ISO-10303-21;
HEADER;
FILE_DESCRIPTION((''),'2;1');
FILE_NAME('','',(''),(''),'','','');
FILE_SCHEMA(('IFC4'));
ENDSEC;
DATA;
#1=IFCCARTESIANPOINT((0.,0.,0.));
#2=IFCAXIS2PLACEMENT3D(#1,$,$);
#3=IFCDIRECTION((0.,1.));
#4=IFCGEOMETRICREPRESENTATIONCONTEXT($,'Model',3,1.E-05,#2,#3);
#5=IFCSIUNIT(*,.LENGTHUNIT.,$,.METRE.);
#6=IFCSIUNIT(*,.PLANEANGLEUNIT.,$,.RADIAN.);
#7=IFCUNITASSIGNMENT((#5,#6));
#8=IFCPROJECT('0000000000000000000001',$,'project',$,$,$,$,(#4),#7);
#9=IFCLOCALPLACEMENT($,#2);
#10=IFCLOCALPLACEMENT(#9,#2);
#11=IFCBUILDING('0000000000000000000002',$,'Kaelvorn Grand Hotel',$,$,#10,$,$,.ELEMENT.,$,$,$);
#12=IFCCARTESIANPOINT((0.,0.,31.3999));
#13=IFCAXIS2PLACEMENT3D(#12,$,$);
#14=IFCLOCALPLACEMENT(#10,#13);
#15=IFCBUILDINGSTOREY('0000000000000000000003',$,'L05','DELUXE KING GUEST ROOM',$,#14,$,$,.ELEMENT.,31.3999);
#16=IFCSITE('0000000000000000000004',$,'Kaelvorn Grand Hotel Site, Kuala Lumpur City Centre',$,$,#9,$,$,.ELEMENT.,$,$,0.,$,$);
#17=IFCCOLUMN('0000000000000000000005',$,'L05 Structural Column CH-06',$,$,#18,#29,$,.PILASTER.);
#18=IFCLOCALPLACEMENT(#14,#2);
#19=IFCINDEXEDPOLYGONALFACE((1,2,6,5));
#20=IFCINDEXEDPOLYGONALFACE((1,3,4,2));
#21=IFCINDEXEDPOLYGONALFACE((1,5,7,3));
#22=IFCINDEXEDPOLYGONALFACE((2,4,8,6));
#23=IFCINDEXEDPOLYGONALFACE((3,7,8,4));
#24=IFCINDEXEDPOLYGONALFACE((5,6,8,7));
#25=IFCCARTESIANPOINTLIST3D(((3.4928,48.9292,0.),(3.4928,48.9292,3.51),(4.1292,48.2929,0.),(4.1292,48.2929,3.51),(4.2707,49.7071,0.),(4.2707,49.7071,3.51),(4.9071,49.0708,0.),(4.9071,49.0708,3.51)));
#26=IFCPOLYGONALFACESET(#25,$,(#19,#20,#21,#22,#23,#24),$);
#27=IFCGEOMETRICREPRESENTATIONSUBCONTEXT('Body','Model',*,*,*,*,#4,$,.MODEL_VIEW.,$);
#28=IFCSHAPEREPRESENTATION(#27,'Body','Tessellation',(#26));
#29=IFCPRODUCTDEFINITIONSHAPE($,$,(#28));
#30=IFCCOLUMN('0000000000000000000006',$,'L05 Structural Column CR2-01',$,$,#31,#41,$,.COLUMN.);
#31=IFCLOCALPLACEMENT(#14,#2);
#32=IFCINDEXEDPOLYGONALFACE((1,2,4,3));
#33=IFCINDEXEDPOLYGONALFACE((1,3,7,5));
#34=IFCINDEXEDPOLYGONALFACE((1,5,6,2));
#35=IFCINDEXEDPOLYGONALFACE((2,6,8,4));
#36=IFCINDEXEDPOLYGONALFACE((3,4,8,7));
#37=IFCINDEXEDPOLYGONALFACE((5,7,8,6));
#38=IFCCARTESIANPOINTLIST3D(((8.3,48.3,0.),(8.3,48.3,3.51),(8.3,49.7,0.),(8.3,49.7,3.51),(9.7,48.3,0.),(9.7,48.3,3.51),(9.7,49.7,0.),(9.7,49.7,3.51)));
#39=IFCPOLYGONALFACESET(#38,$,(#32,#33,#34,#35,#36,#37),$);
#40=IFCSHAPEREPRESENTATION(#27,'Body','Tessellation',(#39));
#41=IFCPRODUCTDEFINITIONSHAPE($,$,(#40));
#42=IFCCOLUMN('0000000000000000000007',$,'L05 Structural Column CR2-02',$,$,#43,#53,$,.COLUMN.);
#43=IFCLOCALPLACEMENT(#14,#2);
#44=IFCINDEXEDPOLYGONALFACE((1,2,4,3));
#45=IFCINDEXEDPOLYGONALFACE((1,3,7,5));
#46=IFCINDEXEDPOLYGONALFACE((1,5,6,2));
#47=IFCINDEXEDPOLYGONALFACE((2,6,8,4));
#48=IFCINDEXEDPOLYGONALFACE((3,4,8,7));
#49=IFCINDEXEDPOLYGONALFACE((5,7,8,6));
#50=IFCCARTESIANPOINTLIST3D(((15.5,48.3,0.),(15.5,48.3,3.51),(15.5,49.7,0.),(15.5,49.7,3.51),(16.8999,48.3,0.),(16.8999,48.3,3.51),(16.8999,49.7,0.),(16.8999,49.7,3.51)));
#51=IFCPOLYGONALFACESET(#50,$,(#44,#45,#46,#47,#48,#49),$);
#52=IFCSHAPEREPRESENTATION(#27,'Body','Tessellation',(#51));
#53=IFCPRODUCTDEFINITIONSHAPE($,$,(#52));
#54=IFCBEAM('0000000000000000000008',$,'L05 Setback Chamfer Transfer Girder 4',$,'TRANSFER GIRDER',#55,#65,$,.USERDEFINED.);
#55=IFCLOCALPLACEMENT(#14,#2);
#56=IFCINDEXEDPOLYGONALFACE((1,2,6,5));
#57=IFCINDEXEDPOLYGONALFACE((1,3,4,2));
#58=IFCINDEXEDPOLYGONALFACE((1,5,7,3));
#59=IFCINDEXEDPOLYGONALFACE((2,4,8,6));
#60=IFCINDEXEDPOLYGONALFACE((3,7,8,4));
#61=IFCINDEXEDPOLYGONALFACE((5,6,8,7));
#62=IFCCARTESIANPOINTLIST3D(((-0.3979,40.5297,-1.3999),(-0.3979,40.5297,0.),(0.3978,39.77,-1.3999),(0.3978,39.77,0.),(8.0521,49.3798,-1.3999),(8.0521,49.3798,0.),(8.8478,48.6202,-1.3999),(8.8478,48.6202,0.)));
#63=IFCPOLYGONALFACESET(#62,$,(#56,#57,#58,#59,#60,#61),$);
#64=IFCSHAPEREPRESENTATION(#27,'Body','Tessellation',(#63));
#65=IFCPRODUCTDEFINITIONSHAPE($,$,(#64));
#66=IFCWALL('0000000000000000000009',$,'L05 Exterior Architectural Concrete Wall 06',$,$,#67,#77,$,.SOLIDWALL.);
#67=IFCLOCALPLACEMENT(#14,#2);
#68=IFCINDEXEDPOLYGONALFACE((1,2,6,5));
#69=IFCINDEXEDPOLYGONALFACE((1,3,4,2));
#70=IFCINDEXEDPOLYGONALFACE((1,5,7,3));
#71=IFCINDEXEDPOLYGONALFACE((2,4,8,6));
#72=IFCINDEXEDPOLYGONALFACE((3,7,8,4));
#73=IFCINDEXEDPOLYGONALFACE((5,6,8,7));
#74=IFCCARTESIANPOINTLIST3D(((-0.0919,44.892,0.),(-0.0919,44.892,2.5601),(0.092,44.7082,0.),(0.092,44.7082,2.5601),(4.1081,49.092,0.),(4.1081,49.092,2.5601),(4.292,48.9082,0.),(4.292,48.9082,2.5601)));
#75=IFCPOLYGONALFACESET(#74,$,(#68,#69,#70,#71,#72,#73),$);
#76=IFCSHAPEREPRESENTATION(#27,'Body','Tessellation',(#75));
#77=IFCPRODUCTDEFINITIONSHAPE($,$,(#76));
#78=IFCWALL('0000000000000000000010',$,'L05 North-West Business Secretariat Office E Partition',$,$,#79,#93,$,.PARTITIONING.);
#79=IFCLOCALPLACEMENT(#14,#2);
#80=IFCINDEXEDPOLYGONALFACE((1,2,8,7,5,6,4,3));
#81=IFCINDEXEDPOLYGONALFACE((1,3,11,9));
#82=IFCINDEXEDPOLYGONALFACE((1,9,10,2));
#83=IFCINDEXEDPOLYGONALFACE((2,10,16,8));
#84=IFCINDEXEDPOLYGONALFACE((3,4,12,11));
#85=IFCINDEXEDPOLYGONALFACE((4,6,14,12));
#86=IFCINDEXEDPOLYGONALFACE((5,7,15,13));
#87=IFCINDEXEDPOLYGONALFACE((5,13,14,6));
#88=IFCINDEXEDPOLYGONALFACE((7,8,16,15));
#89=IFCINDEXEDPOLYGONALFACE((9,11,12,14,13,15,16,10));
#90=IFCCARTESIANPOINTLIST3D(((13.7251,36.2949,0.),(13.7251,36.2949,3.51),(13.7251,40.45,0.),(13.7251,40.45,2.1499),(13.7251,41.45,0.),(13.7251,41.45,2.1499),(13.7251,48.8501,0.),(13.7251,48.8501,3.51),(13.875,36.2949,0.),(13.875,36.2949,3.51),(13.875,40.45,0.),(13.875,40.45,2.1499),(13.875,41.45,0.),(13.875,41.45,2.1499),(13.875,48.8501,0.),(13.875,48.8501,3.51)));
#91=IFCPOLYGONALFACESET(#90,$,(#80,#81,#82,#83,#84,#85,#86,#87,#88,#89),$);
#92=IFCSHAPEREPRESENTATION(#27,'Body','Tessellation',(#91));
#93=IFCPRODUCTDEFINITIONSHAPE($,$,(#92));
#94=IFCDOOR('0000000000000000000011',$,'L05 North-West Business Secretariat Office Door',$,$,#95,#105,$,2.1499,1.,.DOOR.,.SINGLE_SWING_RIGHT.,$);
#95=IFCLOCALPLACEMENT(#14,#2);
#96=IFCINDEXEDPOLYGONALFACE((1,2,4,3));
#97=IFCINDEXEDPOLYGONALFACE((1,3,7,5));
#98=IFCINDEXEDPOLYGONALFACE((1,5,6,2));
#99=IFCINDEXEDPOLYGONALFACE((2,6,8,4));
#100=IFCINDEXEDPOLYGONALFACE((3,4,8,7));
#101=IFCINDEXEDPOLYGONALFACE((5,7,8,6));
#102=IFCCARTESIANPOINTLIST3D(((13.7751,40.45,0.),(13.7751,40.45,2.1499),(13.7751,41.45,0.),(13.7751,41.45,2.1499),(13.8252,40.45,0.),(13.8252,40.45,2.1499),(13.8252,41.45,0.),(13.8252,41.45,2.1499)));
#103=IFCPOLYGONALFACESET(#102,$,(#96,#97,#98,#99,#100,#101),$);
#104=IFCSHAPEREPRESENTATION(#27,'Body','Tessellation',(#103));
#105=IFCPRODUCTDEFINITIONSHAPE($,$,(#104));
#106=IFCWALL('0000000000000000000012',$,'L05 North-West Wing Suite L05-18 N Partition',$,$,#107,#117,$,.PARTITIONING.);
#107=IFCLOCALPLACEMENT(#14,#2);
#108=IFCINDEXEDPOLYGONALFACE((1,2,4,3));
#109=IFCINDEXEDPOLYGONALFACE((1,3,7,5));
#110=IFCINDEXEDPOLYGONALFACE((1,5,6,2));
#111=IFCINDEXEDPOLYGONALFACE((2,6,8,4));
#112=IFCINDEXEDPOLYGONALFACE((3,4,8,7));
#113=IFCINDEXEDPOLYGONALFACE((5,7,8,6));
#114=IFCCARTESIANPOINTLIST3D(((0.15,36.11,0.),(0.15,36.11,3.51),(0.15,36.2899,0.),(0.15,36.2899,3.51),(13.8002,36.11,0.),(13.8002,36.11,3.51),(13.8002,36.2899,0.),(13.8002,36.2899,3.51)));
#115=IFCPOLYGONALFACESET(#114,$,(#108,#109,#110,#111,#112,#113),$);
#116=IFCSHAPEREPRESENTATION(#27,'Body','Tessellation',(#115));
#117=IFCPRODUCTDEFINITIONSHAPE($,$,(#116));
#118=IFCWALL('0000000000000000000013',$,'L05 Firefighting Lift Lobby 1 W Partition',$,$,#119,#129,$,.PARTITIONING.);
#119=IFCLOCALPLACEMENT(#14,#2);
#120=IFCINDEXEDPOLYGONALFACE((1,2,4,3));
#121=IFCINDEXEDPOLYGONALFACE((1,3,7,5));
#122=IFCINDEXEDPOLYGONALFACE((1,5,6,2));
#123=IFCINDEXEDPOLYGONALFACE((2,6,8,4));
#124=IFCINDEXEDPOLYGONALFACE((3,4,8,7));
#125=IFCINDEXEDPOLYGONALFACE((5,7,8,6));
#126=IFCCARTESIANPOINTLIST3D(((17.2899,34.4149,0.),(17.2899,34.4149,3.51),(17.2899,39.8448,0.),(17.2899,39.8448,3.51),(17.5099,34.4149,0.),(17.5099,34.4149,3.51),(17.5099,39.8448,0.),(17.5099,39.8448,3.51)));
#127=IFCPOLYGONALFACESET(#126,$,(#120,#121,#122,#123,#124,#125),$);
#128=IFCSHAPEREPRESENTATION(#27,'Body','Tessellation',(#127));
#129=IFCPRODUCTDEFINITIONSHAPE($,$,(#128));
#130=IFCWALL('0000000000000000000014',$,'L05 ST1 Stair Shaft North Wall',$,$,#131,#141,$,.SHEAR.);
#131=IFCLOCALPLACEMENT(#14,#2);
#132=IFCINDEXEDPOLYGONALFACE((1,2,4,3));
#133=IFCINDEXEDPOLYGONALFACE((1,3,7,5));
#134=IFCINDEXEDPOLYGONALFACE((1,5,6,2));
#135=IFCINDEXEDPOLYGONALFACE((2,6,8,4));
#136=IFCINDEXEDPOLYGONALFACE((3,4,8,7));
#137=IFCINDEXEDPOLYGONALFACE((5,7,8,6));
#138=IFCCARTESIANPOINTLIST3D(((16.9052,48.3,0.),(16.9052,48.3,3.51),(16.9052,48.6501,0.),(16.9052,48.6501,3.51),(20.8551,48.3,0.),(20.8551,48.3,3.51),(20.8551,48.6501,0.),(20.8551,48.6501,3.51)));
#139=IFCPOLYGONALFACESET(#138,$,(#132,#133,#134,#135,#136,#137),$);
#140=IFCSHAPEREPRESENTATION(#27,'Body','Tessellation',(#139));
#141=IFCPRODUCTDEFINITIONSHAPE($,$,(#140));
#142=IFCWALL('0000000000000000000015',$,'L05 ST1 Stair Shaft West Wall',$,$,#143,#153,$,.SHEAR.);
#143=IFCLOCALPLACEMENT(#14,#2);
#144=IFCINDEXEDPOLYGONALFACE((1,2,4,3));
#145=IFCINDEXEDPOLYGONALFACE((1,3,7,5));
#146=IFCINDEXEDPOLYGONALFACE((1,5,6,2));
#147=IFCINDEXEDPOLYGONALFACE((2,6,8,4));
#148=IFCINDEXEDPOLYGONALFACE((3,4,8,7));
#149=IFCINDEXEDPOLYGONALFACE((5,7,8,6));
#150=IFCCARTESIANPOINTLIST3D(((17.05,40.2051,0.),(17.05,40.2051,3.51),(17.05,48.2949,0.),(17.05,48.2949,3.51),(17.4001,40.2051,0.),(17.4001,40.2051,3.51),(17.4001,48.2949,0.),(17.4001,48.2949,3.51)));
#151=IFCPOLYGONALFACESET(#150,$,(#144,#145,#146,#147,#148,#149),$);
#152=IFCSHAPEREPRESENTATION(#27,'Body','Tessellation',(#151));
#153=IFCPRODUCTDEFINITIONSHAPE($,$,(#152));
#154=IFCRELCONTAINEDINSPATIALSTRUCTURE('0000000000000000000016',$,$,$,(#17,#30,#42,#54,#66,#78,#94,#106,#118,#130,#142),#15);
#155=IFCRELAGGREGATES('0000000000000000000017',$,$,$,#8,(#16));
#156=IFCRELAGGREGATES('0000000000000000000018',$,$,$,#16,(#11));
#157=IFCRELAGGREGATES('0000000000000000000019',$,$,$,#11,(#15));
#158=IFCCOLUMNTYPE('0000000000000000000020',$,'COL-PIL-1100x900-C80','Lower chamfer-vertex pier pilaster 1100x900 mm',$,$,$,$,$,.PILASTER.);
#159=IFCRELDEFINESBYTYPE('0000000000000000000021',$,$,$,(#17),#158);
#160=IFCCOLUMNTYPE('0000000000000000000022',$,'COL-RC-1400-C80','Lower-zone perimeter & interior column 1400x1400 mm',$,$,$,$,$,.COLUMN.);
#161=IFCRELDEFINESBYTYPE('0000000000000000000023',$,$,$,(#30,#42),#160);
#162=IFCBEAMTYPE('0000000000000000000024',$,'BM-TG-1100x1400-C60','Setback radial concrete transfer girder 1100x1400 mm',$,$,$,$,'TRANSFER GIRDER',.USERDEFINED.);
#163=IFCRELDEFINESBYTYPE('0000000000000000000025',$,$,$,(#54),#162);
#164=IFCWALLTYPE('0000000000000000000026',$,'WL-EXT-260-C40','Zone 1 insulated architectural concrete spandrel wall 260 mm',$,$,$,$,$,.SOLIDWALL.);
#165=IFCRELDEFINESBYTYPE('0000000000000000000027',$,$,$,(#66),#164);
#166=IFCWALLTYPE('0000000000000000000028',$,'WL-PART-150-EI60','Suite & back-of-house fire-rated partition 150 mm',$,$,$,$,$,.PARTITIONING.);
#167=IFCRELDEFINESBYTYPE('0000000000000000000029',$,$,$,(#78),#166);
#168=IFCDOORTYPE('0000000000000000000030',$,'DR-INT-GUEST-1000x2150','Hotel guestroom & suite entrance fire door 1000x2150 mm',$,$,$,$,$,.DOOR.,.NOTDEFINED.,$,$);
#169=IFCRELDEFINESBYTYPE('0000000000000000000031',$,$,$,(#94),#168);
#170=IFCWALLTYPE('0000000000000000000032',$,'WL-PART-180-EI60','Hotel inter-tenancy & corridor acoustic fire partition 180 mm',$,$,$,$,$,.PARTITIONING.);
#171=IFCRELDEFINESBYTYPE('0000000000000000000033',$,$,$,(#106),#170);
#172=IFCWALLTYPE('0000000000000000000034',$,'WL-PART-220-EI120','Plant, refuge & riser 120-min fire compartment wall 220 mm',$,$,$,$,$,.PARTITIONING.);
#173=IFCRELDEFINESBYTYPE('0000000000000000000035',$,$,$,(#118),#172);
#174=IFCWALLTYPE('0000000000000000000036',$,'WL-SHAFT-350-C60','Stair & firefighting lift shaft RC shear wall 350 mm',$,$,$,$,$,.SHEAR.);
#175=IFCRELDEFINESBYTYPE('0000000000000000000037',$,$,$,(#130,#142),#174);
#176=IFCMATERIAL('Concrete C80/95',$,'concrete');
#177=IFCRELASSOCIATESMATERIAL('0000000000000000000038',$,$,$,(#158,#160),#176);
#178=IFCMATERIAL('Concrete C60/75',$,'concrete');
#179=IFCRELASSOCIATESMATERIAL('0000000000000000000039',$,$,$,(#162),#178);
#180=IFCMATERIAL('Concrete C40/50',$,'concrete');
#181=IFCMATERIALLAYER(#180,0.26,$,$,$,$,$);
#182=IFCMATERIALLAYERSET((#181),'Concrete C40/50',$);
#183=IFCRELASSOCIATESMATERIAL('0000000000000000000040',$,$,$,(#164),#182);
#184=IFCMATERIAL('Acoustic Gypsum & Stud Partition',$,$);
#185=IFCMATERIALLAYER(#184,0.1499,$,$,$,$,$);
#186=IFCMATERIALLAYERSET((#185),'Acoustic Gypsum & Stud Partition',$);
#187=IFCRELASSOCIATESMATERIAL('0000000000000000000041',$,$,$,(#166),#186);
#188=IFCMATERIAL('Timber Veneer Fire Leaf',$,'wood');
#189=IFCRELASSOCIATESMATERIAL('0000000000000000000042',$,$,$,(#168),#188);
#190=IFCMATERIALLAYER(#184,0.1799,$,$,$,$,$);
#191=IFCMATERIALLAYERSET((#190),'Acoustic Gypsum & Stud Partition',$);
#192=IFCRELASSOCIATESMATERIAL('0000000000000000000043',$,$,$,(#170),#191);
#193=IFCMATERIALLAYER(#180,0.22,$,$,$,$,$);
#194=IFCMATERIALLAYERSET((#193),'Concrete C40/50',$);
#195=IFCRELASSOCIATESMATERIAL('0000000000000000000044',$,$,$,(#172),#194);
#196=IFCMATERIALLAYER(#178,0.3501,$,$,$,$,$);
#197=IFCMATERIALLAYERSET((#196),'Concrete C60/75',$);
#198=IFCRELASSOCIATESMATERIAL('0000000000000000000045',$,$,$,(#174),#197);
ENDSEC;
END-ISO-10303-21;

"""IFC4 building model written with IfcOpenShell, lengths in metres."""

from ifc_helpers import new_model, si_unit, direction, frame, frame_2d, origin, origin_2d, place, context, subcontext, project, spatial, rectangle, extrude, material, layer, layer_set, material_profile, profile_set, type_object, element, fill, save


model = new_model("IFC4")

# Units and contexts
model_context = context("Model", 3, precision=1e-05, world=origin(), true_north=direction((0.0, 1.0)))
body_context = subcontext(model_context, "Body", "Model", "MODEL_VIEW")
ifc_project = project(units=[si_unit("LENGTHUNIT", "METRE"), si_unit("PLANEANGLEUNIT", "RADIAN")], contexts=[model_context])

# Site, building, storey
site_placement = place(None, origin())
site = spatial("IfcSite", under=ifc_project, at=site_placement, Name="Kaelvorn Grand Hotel Site, Kuala Lumpur City Centre", CompositionType="ELEMENT", RefElevation=0.0)
building_placement = place(site_placement, origin())
building = spatial("IfcBuilding", under=site, at=building_placement, Name="Kaelvorn Grand Hotel", CompositionType="ELEMENT")
storey_placement = place(building_placement, frame((0.0, 0.0, 31.3999)))
storey = spatial("IfcBuildingStorey", under=building, at=storey_placement, Name="L05", Description="DELUXE KING GUEST ROOM", CompositionType="ELEMENT", Elevation=31.3999)

# Columns
ifc_material_1 = material(Name="Concrete C80/95", Category="concrete")
ifc_material_profile_1 = material_profile(ifc_material_1, rectangle(XDim=1.1001, YDim=0.8999, at=origin_2d()), Name="RC PILASTER 1100x900")
ifc_profile_set_1 = profile_set([ifc_material_profile_1], Name="Concrete C80/95")
column_type_1 = type_object("IfcColumnType", Name="COL-PIL-1100x900-C80", Description="Lower chamfer-vertex pier pilaster 1100x900 mm", PredefinedType="PILASTER", material=ifc_profile_set_1)
column_placement = place(storey_placement, frame((4.2, 49.0, 0.0), z_axis=(0.0, 0.0, 1.0), x_axis=(0.707107, 0.707107, 0.0)))
element("IfcColumn", 1, at=column_placement, inside=storey, type_object=column_type_1, Name="L05 Structural Column CH-06", PredefinedType="PILASTER", context=body_context, shape_type="SweptSolid", body=[
    extrude(rectangle(XDim=1.1001, YDim=0.8999, at=origin_2d()), origin(), (0.0, 0.0, 1.0), 3.51),
])
ifc_material_profile_2 = material_profile(ifc_material_1, rectangle(XDim=1.3999, YDim=1.3999, at=origin_2d()), Name="RC COL 1400x1400")
ifc_profile_set_2 = profile_set([ifc_material_profile_2], Name="Concrete C80/95")
column_type_2 = type_object("IfcColumnType", Name="COL-RC-1400-C80", Description="Lower-zone perimeter & interior column 1400x1400 mm", PredefinedType="COLUMN", material=ifc_profile_set_2)
for number, where, z_axis, x_axis, name in (
    (2, (9.0, 49.0, 0.0), (0.0, 0.0, 1.0), (1.0, 0.0, 0.0), "L05 Structural Column CR2-01"),
    (3, (16.2, 49.0, 0.0), (0.0, 0.0, 1.0), (1.0, 0.0, 0.0), "L05 Structural Column CR2-02"),
):
    element("IfcColumn", number, at=place(storey_placement, frame(where, z_axis=z_axis, x_axis=x_axis)), inside=storey, type_object=column_type_2, Name=name, PredefinedType="COLUMN", context=body_context, shape_type="SweptSolid", body=[
        extrude(rectangle(XDim=1.3999, YDim=1.3999, at=origin_2d()), origin(), (0.0, 0.0, 1.0), 3.51),
    ])

# Beam
ifc_material_2 = material(Name="Concrete C60/75", Category="concrete")
ifc_material_profile_3 = material_profile(ifc_material_2, rectangle(XDim=1.1001, YDim=1.3999, at=origin_2d()), Name="RC TG 1100x1400")
ifc_profile_set_3 = profile_set([ifc_material_profile_3], Name="Concrete C60/75")
beam_type = type_object("IfcBeamType", Name="BM-TG-1100x1400-C60", Description="Setback radial concrete transfer girder 1100x1400 mm", ElementType="TRANSFER GIRDER", PredefinedType="USERDEFINED", material=ifc_profile_set_3)
beam_placement = place(storey_placement, frame((8.45, 49.0, -0.7), z_axis=(-0.690567, -0.723269, 0.0), x_axis=(0.723269, -0.690567, 0.0)))
element("IfcBeam", 4, at=beam_placement, inside=storey, type_object=beam_type, Name="L05 Setback Chamfer Transfer Girder 4", ObjectType="TRANSFER GIRDER", PredefinedType="USERDEFINED", context=body_context, shape_type="SweptSolid", body=[
    extrude(rectangle(XDim=1.1001, YDim=1.3999, at=origin_2d()), origin(), (0.0, 0.0, 1.0), 12.2363),
])

# Wall
ifc_material_3 = material(Name="Concrete C40/50", Category="concrete")
ifc_layer_1 = layer(ifc_material_3, 0.26)
ifc_layer_set_1 = layer_set([ifc_layer_1], Name="Concrete C40/50")
wall_type_1 = type_object("IfcWallType", Name="WL-EXT-260-C40", Description="Zone 1 insulated architectural concrete spandrel wall 260 mm", PredefinedType="SOLIDWALL", material=ifc_layer_set_1)
wall_1_placement = place(storey_placement, frame((4.2, 49.0, 0.0), z_axis=(0.0, 0.0, 1.0), x_axis=(-0.707107, -0.707107, 0.0)))
element("IfcWall", 5, at=wall_1_placement, inside=storey, type_object=wall_type_1, Name="L05 Exterior Architectural Concrete Wall 06", PredefinedType="SOLIDWALL", context=body_context, shape_type="SweptSolid", body=[
    extrude(rectangle(XDim=5.9397, YDim=0.26, at=frame_2d((2.9697, 0.0))), origin(), (0.0, 0.0, 1.0), 2.5601),
])

# Wall, opening, door
ifc_material_4 = material(Name="Acoustic Gypsum & Stud Partition")
ifc_layer_2 = layer(ifc_material_4, 0.1499)
ifc_layer_set_2 = layer_set([ifc_layer_2], Name="Acoustic Gypsum & Stud Partition")
wall_type_2 = type_object("IfcWallType", Name="WL-PART-150-EI60", Description="Suite & back-of-house fire-rated partition 150 mm", PredefinedType="PARTITIONING", material=ifc_layer_set_2)
wall_2_placement = place(storey_placement, frame((13.8, 36.2949, 0.0), z_axis=(0.0, 0.0, 1.0), x_axis=(0.0, 1.0, 0.0)))
wall_2 = element("IfcWall", 6, at=wall_2_placement, inside=storey, type_object=wall_type_2, Name="L05 North-West Business Secretariat Office E Partition", PredefinedType="PARTITIONING", context=body_context, shape_type="SweptSolid", body=[
    extrude(rectangle(XDim=12.5552, YDim=0.1499, at=frame_2d((6.2776, 0.0))), origin(), (0.0, 0.0, 1.0), 3.51),
])
opening_1_placement = place(wall_2_placement, frame((4.155, 0.0, 0.0)))
opening_1 = element("IfcOpeningElement", 7, at=opening_1_placement, cuts=wall_2, PredefinedType="OPENING", context=body_context, shape_type="SweptSolid", body=[
    extrude(rectangle(XDim=1.0, YDim=2.1499, at=frame_2d((0.5, 1.075))), frame((0.0, 0.085, 0.0), z_axis=(0.0, -1.0, 0.0), x_axis=(1.0, 0.0, 0.0)), (0.0, 0.0, 1.0), 0.1699),
])
ifc_material_5 = material(Name="Timber Veneer Fire Leaf", Category="wood")
door_type_1 = type_object("IfcDoorType", Name="DR-INT-GUEST-1000x2150", Description="Hotel guestroom & suite entrance fire door 1000x2150 mm", OperationType="NOTDEFINED", PredefinedType="DOOR", material=ifc_material_5)
door_1_placement = place(opening_1_placement, origin())
door_1 = element("IfcDoor", 8, at=door_1_placement, inside=storey, type_object=door_type_1, Name="L05 North-West Business Secretariat Office Door", OperationType="SINGLE_SWING_RIGHT", OverallHeight=2.1499, OverallWidth=1.0, PredefinedType="DOOR", context=body_context, shape_type="SweptSolid", body=[
    extrude(rectangle(XDim=1.0, YDim=2.1499, at=frame_2d((0.5, 1.075))), frame((0.0, 0.0249, 0.0), z_axis=(0.0, -1.0, 0.0), x_axis=(1.0, 0.0, 0.0)), (0.0, 0.0, 1.0), 0.05),
])
fill(opening_1, door_1)

# Wall
ifc_layer_3 = layer(ifc_material_4, 0.1799)
ifc_layer_set_3 = layer_set([ifc_layer_3], Name="Acoustic Gypsum & Stud Partition")
wall_type_3 = type_object("IfcWallType", Name="WL-PART-180-EI60", Description="Hotel inter-tenancy & corridor acoustic fire partition 180 mm", PredefinedType="PARTITIONING", material=ifc_layer_set_3)
wall_3_placement = place(storey_placement, frame((0.1499, 36.2, 0.0), z_axis=(0.0, 0.0, 1.0), x_axis=(1.0, 0.0, 0.0)))
element("IfcWall", 9, at=wall_3_placement, inside=storey, type_object=wall_type_3, Name="L05 North-West Wing Suite L05-18 N Partition", PredefinedType="PARTITIONING", context=body_context, shape_type="SweptSolid", body=[
    extrude(rectangle(XDim=13.6501, YDim=0.1799, at=frame_2d((6.8252, 0.0))), origin(), (0.0, 0.0, 1.0), 3.51),
])

# Shared definitions
ifc_layer_4 = layer(ifc_material_3, 0.22)
ifc_layer_set_4 = layer_set([ifc_layer_4], Name="Concrete C40/50")
wall_type_4 = type_object("IfcWallType", Name="WL-PART-220-EI120", Description="Plant, refuge & riser 120-min fire compartment wall 220 mm", PredefinedType="PARTITIONING", material=ifc_layer_set_4)

# Wall
wall_4_placement = place(storey_placement, frame((17.3999, 34.415, 0.0), z_axis=(0.0, 0.0, 1.0), x_axis=(0.0, 1.0, 0.0)))
element("IfcWall", 10, at=wall_4_placement, inside=storey, type_object=wall_type_4, Name="L05 Firefighting Lift Lobby 1 W Partition", PredefinedType="PARTITIONING", context=body_context, shape_type="SweptSolid", body=[
    extrude(rectangle(XDim=5.4299, YDim=0.22, at=frame_2d((2.7148, 0.0))), origin(), (0.0, 0.0, 1.0), 3.51),
])

# Shared definitions
ifc_layer_5 = layer(ifc_material_2, 0.3501)
ifc_layer_set_5 = layer_set([ifc_layer_5], Name="Concrete C60/75")
wall_type_5 = type_object("IfcWallType", Name="WL-SHAFT-350-C60", Description="Stair & firefighting lift shaft RC shear wall 350 mm", PredefinedType="SHEAR", material=ifc_layer_set_5)

# Walls
wall_5_placement = place(storey_placement, frame((16.905, 48.4751, 0.0), z_axis=(0.0, 0.0, 1.0), x_axis=(1.0, 0.0, 0.0)))
element("IfcWall", 11, at=wall_5_placement, inside=storey, type_object=wall_type_5, Name="L05 ST1 Stair Shaft North Wall", PredefinedType="SHEAR", context=body_context, shape_type="SweptSolid", body=[
    extrude(rectangle(XDim=3.95, YDim=0.3501, at=frame_2d((1.9751, 0.0))), origin(), (0.0, 0.0, 1.0), 3.51),
])
wall_6_placement = place(storey_placement, frame((17.2251, 40.2051, 0.0), z_axis=(0.0, 0.0, 1.0), x_axis=(0.0, 1.0, 0.0)))
element("IfcWall", 12, at=wall_6_placement, inside=storey, type_object=wall_type_5, Name="L05 ST1 Stair Shaft West Wall", PredefinedType="SHEAR", context=body_context, shape_type="SweptSolid", body=[
    extrude(rectangle(XDim=8.0898, YDim=0.3501, at=frame_2d((4.0449, 0.0))), origin(), (0.0, 0.0, 1.0), 3.51),
])

save(model, "model.ifc")
